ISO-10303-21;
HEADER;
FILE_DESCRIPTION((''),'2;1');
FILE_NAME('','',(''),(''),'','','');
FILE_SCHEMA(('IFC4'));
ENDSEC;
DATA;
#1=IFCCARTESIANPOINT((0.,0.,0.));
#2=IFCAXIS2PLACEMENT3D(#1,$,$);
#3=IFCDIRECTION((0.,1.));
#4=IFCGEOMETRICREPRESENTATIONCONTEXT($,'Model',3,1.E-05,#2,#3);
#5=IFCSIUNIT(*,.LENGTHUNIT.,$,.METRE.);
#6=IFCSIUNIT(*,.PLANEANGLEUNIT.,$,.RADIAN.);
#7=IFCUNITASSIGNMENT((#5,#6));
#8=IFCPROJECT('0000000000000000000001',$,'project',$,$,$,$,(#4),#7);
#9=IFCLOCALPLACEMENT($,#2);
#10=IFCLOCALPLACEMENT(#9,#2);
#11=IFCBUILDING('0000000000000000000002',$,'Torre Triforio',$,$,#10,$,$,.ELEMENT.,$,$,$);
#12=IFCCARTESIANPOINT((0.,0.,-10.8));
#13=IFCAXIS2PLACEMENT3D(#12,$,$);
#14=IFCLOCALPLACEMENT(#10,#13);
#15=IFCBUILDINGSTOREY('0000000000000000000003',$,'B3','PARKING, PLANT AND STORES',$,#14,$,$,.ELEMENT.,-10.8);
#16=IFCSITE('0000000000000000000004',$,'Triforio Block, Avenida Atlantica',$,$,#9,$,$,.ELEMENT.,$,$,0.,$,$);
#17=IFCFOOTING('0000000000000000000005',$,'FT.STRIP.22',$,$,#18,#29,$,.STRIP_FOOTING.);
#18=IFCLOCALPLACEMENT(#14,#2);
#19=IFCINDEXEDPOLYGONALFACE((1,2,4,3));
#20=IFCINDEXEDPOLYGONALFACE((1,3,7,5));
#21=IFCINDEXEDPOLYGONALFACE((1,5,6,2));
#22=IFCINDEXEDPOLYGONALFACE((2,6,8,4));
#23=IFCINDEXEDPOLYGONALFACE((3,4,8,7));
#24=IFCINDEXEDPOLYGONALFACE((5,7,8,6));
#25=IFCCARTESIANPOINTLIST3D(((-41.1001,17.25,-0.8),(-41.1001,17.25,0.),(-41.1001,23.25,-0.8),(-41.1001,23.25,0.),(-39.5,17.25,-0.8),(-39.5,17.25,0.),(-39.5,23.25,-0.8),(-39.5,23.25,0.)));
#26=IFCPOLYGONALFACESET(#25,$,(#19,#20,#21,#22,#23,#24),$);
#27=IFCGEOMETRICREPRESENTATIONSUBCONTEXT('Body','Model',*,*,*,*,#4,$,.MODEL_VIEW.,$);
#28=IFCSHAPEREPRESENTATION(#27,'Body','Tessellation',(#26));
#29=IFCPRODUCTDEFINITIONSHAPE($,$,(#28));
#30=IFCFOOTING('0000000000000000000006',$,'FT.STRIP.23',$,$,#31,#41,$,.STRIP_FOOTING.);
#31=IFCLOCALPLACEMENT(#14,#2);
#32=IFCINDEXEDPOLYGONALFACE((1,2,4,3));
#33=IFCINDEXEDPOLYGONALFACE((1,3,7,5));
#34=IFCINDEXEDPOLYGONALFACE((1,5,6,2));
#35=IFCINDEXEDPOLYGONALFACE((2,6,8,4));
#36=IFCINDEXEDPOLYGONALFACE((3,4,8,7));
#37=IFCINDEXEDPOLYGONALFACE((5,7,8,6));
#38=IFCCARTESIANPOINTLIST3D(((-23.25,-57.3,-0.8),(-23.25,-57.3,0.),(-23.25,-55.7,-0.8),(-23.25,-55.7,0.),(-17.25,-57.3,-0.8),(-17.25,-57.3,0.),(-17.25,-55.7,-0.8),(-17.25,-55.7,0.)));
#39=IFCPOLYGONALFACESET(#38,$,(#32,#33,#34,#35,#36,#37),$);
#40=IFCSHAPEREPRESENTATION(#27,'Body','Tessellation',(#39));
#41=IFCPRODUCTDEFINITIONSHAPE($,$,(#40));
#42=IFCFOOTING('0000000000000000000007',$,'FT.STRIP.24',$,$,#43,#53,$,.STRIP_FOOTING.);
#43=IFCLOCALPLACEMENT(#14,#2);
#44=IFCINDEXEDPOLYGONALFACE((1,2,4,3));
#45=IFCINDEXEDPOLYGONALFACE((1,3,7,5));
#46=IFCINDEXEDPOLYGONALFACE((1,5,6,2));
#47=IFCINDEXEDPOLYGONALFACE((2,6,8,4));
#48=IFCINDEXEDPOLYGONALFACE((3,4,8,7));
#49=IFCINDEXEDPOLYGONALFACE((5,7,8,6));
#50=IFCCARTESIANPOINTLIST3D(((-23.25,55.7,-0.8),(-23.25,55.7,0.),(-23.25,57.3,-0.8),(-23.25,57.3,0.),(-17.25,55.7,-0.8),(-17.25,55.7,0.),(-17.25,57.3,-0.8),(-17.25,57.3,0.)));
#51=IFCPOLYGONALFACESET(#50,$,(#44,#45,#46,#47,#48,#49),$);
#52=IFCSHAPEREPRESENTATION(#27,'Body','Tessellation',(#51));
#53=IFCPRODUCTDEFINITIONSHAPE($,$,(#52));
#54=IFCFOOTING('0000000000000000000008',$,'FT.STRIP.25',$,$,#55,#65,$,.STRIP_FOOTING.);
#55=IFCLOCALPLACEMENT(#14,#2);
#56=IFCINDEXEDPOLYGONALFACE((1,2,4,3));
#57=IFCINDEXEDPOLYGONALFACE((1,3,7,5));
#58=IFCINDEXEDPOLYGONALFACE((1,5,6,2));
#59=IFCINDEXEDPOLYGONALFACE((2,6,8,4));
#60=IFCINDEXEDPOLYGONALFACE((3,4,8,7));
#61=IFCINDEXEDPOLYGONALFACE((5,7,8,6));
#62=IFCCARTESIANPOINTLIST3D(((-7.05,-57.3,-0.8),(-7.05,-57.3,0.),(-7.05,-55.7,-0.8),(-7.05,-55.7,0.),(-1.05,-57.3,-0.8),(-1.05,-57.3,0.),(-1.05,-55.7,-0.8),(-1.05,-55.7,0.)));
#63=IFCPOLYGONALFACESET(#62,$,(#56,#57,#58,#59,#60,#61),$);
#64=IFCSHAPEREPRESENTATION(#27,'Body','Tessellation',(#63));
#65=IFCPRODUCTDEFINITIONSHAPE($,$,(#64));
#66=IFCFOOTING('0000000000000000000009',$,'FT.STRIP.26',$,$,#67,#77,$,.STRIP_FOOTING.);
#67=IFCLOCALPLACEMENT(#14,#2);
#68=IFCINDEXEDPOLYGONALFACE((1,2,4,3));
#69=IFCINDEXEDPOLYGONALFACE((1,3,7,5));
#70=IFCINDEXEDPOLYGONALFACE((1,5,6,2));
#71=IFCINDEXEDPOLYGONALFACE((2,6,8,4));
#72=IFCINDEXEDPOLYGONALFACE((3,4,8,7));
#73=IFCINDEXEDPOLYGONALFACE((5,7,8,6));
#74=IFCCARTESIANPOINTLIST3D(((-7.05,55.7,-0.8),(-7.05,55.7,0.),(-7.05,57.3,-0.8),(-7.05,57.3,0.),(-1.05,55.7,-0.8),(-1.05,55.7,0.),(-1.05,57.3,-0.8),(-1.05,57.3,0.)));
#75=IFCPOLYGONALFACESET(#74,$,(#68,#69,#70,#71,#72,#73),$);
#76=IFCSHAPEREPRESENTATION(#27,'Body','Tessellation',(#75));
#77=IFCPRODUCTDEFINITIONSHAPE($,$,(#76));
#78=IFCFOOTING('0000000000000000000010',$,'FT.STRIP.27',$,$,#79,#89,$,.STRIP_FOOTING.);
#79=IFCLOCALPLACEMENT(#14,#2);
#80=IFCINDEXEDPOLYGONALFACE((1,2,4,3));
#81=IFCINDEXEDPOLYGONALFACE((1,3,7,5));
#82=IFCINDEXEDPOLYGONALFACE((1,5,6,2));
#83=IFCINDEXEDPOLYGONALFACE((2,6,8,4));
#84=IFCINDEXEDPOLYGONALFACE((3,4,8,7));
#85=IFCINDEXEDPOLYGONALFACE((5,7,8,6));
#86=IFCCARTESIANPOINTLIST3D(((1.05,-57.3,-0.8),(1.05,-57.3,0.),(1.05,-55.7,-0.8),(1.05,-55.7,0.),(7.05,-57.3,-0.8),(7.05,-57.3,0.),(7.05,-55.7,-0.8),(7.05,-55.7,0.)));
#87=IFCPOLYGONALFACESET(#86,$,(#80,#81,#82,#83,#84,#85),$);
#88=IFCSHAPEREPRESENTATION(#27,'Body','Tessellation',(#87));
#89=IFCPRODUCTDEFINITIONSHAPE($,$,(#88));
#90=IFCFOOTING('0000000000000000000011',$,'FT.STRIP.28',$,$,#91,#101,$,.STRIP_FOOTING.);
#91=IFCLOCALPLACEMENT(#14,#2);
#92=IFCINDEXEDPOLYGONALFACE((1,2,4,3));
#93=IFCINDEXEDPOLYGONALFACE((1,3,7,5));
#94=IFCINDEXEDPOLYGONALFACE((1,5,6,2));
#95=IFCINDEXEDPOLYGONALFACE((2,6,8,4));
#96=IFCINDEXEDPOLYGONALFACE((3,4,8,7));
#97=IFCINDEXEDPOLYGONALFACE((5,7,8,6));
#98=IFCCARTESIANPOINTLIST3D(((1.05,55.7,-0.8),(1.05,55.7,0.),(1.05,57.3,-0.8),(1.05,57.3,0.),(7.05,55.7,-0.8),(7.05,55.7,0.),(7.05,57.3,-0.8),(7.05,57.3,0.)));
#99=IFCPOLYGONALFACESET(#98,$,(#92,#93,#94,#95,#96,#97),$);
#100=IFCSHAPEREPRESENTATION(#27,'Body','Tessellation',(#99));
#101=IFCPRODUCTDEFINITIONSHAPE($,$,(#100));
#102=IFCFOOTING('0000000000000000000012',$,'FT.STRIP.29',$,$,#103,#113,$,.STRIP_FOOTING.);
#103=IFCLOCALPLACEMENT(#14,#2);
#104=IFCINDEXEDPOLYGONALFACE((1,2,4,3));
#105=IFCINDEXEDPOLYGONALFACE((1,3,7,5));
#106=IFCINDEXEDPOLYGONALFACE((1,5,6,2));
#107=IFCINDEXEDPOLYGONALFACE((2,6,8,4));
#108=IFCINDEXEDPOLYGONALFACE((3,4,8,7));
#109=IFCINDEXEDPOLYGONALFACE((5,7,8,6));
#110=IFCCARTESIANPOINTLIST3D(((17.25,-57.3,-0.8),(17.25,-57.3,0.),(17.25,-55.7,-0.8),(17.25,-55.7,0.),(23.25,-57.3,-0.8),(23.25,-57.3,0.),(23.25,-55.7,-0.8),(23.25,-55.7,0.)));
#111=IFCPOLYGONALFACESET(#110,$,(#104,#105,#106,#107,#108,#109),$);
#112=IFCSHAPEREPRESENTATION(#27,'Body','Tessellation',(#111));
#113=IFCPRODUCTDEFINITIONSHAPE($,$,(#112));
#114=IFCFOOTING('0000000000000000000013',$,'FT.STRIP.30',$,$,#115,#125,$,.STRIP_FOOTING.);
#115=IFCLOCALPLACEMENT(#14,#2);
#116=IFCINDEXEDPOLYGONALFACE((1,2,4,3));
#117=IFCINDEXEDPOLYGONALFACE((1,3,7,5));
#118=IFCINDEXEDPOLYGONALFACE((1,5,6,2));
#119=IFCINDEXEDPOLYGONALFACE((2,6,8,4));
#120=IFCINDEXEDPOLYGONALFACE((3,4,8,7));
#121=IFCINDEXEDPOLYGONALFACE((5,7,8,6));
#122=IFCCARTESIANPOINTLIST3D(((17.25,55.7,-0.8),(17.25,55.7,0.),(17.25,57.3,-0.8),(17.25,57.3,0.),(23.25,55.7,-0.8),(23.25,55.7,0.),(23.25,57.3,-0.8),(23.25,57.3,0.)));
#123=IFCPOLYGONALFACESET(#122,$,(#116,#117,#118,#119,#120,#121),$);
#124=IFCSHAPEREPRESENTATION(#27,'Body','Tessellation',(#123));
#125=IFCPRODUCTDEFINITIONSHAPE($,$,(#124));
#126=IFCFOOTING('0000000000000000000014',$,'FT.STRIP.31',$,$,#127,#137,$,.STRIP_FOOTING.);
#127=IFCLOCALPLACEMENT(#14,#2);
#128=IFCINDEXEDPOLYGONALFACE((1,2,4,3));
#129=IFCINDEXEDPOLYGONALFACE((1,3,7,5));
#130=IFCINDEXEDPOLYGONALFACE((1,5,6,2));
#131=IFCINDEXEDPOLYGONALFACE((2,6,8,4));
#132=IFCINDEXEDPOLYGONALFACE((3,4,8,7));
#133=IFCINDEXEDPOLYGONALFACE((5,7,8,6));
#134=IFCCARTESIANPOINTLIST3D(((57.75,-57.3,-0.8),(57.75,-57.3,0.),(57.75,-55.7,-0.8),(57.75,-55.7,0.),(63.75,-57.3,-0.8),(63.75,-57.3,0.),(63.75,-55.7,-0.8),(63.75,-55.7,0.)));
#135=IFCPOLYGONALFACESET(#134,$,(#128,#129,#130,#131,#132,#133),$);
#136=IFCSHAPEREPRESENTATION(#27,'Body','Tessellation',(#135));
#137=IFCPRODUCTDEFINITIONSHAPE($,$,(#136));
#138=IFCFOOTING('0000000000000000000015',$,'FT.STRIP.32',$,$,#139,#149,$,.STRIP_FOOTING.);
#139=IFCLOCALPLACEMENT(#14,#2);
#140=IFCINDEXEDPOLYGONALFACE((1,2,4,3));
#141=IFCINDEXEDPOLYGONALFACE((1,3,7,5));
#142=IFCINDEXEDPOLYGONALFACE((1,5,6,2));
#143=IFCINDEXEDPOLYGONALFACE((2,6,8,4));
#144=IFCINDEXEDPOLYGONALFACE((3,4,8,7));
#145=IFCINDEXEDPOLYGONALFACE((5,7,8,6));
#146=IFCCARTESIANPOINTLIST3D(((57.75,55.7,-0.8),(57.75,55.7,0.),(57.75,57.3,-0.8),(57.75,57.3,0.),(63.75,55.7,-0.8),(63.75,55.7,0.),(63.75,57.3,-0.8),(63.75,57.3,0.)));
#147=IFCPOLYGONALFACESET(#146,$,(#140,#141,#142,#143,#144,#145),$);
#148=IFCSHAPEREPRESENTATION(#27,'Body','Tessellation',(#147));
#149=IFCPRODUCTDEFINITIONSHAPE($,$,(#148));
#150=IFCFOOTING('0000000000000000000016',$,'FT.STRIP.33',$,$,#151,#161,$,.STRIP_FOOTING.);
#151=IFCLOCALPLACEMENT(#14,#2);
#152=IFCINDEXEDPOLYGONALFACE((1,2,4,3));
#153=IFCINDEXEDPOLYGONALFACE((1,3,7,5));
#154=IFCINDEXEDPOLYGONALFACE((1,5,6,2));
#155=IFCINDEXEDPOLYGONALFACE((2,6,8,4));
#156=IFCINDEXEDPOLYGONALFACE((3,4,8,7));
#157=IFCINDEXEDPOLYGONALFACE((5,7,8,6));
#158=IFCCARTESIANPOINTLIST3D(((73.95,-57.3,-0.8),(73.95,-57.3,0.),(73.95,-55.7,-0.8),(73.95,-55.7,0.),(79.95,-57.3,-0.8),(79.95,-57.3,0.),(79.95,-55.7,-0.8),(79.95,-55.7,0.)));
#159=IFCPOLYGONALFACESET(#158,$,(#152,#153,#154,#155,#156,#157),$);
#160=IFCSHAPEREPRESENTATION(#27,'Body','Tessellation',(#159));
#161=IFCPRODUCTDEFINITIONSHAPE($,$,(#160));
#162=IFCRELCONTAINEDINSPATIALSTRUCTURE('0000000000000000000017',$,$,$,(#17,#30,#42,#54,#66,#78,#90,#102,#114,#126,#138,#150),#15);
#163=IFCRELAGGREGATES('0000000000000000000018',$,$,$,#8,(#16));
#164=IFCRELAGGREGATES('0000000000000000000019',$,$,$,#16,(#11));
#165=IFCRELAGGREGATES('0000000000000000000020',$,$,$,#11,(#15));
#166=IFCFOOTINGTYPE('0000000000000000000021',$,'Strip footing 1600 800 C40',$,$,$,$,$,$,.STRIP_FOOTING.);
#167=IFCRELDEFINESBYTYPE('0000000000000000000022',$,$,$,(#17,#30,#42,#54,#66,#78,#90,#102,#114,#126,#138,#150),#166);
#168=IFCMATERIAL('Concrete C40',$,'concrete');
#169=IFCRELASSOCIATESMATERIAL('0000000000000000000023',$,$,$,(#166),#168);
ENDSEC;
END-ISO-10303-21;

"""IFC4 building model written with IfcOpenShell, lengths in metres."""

from ifc_helpers import new_model, si_unit, direction, frame, origin, place, context, subcontext, project, spatial, polyline, outline, extrude, material, type_object, element, save


model = new_model("IFC4")

# Units and contexts
model_context = context("Model", 3, precision=1e-05, world=origin(), true_north=direction((0.0, 1.0)))
body_context = subcontext(model_context, "Body", "Model", "MODEL_VIEW")
ifc_project = project(units=[si_unit("LENGTHUNIT", "METRE"), si_unit("PLANEANGLEUNIT", "RADIAN")], contexts=[model_context])

# Site, building, storey
site_placement = place(None, origin())
site = spatial("IfcSite", under=ifc_project, at=site_placement, Name="Triforio Block, Avenida Atlantica", CompositionType="ELEMENT", RefElevation=0.0)
building_placement = place(site_placement, origin())
building = spatial("IfcBuilding", under=site, at=building_placement, Name="Torre Triforio", CompositionType="ELEMENT")
storey_placement = place(building_placement, frame((0.0, 0.0, -10.8)))
storey = spatial("IfcBuildingStorey", under=building, at=storey_placement, Name="B3", Description="PARKING, PLANT AND STORES", CompositionType="ELEMENT", Elevation=-10.8)

# Footings
ifc_material = material(Name="Concrete C40", Category="concrete")
footing_type = type_object("IfcFootingType", Name="Strip footing 1600 800 C40", PredefinedType="STRIP_FOOTING", material=ifc_material)
footing_1_placement = place(storey_placement, frame((0.0, 0.0, -0.8)))
element("IfcFooting", 1, at=footing_1_placement, inside=storey, type_object=footing_type, Name="FT.STRIP.22", PredefinedType="STRIP_FOOTING", context=body_context, shape_type="SweptSolid", body=[
    extrude(outline(polyline([(-41.1001, 23.25), (-41.1001, 17.25), (-39.5, 17.25), (-39.5, 23.25), (-41.1001, 23.25)])), origin(), (0.0, 0.0, 1.0), 0.8),
])
footing_2_placement = place(storey_placement, frame((0.0, 0.0, -0.8)))
element("IfcFooting", 2, at=footing_2_placement, inside=storey, type_object=footing_type, Name="FT.STRIP.23", PredefinedType="STRIP_FOOTING", context=body_context, shape_type="SweptSolid", body=[
    extrude(outline(polyline([(-23.25, -57.3), (-17.25, -57.3), (-17.25, -55.7), (-23.25, -55.7), (-23.25, -57.3)])), origin(), (0.0, 0.0, 1.0), 0.8),
])
footing_3_placement = place(storey_placement, frame((0.0, 0.0, -0.8)))
element("IfcFooting", 3, at=footing_3_placement, inside=storey, type_object=footing_type, Name="FT.STRIP.24", PredefinedType="STRIP_FOOTING", context=body_context, shape_type="SweptSolid", body=[
    extrude(outline(polyline([(-17.25, 57.3), (-23.25, 57.3), (-23.25, 55.7), (-17.25, 55.7), (-17.25, 57.3)])), origin(), (0.0, 0.0, 1.0), 0.8),
])
footing_4_placement = place(storey_placement, frame((0.0, 0.0, -0.8)))
element("IfcFooting", 4, at=footing_4_placement, inside=storey, type_object=footing_type, Name="FT.STRIP.25", PredefinedType="STRIP_FOOTING", context=body_context, shape_type="SweptSolid", body=[
    extrude(outline(polyline([(-7.05, -57.3), (-1.05, -57.3), (-1.05, -55.7), (-7.05, -55.7), (-7.05, -57.3)])), origin(), (0.0, 0.0, 1.0), 0.8),
])
footing_5_placement = place(storey_placement, frame((0.0, 0.0, -0.8)))
element("IfcFooting", 5, at=footing_5_placement, inside=storey, type_object=footing_type, Name="FT.STRIP.26", PredefinedType="STRIP_FOOTING", context=body_context, shape_type="SweptSolid", body=[
    extrude(outline(polyline([(-1.05, 57.3), (-7.05, 57.3), (-7.05, 55.7), (-1.05, 55.7), (-1.05, 57.3)])), origin(), (0.0, 0.0, 1.0), 0.8),
])
footing_6_placement = place(storey_placement, frame((0.0, 0.0, -0.8)))
element("IfcFooting", 6, at=footing_6_placement, inside=storey, type_object=footing_type, Name="FT.STRIP.27", PredefinedType="STRIP_FOOTING", context=body_context, shape_type="SweptSolid", body=[
    extrude(outline(polyline([(1.05, -57.3), (7.05, -57.3), (7.05, -55.7), (1.05, -55.7), (1.05, -57.3)])), origin(), (0.0, 0.0, 1.0), 0.8),
])
footing_7_placement = place(storey_placement, frame((0.0, 0.0, -0.8)))
element("IfcFooting", 7, at=footing_7_placement, inside=storey, type_object=footing_type, Name="FT.STRIP.28", PredefinedType="STRIP_FOOTING", context=body_context, shape_type="SweptSolid", body=[
    extrude(outline(polyline([(7.05, 57.3), (1.05, 57.3), (1.05, 55.7), (7.05, 55.7), (7.05, 57.3)])), origin(), (0.0, 0.0, 1.0), 0.8),
])
footing_8_placement = place(storey_placement, frame((0.0, 0.0, -0.8)))
element("IfcFooting", 8, at=footing_8_placement, inside=storey, type_object=footing_type, Name="FT.STRIP.29", PredefinedType="STRIP_FOOTING", context=body_context, shape_type="SweptSolid", body=[
    extrude(outline(polyline([(17.25, -57.3), (23.25, -57.3), (23.25, -55.7), (17.25, -55.7), (17.25, -57.3)])), origin(), (0.0, 0.0, 1.0), 0.8),
])
footing_9_placement = place(storey_placement, frame((0.0, 0.0, -0.8)))
element("IfcFooting", 9, at=footing_9_placement, inside=storey, type_object=footing_type, Name="FT.STRIP.30", PredefinedType="STRIP_FOOTING", context=body_context, shape_type="SweptSolid", body=[
    extrude(outline(polyline([(23.25, 57.3), (17.25, 57.3), (17.25, 55.7), (23.25, 55.7), (23.25, 57.3)])), origin(), (0.0, 0.0, 1.0), 0.8),
])
footing_10_placement = place(storey_placement, frame((0.0, 0.0, -0.8)))
element("IfcFooting", 10, at=footing_10_placement, inside=storey, type_object=footing_type, Name="FT.STRIP.31", PredefinedType="STRIP_FOOTING", context=body_context, shape_type="SweptSolid", body=[
    extrude(outline(polyline([(57.75, -57.3), (63.75, -57.3), (63.75, -55.7), (57.75, -55.7), (57.75, -57.3)])), origin(), (0.0, 0.0, 1.0), 0.8),
])
footing_11_placement = place(storey_placement, frame((0.0, 0.0, -0.8)))
element("IfcFooting", 11, at=footing_11_placement, inside=storey, type_object=footing_type, Name="FT.STRIP.32", PredefinedType="STRIP_FOOTING", context=body_context, shape_type="SweptSolid", body=[
    extrude(outline(polyline([(63.75, 57.3), (57.75, 57.3), (57.75, 55.7), (63.75, 55.7), (63.75, 57.3)])), origin(), (0.0, 0.0, 1.0), 0.8),
])
footing_12_placement = place(storey_placement, frame((0.0, 0.0, -0.8)))
element("IfcFooting", 12, at=footing_12_placement, inside=storey, type_object=footing_type, Name="FT.STRIP.33", PredefinedType="STRIP_FOOTING", context=body_context, shape_type="SweptSolid", body=[
    extrude(outline(polyline([(73.95, -57.3), (79.95, -57.3), (79.95, -55.7), (73.95, -55.7), (73.95, -57.3)])), origin(), (0.0, 0.0, 1.0), 0.8),
])

save(model, "model.ifc")
